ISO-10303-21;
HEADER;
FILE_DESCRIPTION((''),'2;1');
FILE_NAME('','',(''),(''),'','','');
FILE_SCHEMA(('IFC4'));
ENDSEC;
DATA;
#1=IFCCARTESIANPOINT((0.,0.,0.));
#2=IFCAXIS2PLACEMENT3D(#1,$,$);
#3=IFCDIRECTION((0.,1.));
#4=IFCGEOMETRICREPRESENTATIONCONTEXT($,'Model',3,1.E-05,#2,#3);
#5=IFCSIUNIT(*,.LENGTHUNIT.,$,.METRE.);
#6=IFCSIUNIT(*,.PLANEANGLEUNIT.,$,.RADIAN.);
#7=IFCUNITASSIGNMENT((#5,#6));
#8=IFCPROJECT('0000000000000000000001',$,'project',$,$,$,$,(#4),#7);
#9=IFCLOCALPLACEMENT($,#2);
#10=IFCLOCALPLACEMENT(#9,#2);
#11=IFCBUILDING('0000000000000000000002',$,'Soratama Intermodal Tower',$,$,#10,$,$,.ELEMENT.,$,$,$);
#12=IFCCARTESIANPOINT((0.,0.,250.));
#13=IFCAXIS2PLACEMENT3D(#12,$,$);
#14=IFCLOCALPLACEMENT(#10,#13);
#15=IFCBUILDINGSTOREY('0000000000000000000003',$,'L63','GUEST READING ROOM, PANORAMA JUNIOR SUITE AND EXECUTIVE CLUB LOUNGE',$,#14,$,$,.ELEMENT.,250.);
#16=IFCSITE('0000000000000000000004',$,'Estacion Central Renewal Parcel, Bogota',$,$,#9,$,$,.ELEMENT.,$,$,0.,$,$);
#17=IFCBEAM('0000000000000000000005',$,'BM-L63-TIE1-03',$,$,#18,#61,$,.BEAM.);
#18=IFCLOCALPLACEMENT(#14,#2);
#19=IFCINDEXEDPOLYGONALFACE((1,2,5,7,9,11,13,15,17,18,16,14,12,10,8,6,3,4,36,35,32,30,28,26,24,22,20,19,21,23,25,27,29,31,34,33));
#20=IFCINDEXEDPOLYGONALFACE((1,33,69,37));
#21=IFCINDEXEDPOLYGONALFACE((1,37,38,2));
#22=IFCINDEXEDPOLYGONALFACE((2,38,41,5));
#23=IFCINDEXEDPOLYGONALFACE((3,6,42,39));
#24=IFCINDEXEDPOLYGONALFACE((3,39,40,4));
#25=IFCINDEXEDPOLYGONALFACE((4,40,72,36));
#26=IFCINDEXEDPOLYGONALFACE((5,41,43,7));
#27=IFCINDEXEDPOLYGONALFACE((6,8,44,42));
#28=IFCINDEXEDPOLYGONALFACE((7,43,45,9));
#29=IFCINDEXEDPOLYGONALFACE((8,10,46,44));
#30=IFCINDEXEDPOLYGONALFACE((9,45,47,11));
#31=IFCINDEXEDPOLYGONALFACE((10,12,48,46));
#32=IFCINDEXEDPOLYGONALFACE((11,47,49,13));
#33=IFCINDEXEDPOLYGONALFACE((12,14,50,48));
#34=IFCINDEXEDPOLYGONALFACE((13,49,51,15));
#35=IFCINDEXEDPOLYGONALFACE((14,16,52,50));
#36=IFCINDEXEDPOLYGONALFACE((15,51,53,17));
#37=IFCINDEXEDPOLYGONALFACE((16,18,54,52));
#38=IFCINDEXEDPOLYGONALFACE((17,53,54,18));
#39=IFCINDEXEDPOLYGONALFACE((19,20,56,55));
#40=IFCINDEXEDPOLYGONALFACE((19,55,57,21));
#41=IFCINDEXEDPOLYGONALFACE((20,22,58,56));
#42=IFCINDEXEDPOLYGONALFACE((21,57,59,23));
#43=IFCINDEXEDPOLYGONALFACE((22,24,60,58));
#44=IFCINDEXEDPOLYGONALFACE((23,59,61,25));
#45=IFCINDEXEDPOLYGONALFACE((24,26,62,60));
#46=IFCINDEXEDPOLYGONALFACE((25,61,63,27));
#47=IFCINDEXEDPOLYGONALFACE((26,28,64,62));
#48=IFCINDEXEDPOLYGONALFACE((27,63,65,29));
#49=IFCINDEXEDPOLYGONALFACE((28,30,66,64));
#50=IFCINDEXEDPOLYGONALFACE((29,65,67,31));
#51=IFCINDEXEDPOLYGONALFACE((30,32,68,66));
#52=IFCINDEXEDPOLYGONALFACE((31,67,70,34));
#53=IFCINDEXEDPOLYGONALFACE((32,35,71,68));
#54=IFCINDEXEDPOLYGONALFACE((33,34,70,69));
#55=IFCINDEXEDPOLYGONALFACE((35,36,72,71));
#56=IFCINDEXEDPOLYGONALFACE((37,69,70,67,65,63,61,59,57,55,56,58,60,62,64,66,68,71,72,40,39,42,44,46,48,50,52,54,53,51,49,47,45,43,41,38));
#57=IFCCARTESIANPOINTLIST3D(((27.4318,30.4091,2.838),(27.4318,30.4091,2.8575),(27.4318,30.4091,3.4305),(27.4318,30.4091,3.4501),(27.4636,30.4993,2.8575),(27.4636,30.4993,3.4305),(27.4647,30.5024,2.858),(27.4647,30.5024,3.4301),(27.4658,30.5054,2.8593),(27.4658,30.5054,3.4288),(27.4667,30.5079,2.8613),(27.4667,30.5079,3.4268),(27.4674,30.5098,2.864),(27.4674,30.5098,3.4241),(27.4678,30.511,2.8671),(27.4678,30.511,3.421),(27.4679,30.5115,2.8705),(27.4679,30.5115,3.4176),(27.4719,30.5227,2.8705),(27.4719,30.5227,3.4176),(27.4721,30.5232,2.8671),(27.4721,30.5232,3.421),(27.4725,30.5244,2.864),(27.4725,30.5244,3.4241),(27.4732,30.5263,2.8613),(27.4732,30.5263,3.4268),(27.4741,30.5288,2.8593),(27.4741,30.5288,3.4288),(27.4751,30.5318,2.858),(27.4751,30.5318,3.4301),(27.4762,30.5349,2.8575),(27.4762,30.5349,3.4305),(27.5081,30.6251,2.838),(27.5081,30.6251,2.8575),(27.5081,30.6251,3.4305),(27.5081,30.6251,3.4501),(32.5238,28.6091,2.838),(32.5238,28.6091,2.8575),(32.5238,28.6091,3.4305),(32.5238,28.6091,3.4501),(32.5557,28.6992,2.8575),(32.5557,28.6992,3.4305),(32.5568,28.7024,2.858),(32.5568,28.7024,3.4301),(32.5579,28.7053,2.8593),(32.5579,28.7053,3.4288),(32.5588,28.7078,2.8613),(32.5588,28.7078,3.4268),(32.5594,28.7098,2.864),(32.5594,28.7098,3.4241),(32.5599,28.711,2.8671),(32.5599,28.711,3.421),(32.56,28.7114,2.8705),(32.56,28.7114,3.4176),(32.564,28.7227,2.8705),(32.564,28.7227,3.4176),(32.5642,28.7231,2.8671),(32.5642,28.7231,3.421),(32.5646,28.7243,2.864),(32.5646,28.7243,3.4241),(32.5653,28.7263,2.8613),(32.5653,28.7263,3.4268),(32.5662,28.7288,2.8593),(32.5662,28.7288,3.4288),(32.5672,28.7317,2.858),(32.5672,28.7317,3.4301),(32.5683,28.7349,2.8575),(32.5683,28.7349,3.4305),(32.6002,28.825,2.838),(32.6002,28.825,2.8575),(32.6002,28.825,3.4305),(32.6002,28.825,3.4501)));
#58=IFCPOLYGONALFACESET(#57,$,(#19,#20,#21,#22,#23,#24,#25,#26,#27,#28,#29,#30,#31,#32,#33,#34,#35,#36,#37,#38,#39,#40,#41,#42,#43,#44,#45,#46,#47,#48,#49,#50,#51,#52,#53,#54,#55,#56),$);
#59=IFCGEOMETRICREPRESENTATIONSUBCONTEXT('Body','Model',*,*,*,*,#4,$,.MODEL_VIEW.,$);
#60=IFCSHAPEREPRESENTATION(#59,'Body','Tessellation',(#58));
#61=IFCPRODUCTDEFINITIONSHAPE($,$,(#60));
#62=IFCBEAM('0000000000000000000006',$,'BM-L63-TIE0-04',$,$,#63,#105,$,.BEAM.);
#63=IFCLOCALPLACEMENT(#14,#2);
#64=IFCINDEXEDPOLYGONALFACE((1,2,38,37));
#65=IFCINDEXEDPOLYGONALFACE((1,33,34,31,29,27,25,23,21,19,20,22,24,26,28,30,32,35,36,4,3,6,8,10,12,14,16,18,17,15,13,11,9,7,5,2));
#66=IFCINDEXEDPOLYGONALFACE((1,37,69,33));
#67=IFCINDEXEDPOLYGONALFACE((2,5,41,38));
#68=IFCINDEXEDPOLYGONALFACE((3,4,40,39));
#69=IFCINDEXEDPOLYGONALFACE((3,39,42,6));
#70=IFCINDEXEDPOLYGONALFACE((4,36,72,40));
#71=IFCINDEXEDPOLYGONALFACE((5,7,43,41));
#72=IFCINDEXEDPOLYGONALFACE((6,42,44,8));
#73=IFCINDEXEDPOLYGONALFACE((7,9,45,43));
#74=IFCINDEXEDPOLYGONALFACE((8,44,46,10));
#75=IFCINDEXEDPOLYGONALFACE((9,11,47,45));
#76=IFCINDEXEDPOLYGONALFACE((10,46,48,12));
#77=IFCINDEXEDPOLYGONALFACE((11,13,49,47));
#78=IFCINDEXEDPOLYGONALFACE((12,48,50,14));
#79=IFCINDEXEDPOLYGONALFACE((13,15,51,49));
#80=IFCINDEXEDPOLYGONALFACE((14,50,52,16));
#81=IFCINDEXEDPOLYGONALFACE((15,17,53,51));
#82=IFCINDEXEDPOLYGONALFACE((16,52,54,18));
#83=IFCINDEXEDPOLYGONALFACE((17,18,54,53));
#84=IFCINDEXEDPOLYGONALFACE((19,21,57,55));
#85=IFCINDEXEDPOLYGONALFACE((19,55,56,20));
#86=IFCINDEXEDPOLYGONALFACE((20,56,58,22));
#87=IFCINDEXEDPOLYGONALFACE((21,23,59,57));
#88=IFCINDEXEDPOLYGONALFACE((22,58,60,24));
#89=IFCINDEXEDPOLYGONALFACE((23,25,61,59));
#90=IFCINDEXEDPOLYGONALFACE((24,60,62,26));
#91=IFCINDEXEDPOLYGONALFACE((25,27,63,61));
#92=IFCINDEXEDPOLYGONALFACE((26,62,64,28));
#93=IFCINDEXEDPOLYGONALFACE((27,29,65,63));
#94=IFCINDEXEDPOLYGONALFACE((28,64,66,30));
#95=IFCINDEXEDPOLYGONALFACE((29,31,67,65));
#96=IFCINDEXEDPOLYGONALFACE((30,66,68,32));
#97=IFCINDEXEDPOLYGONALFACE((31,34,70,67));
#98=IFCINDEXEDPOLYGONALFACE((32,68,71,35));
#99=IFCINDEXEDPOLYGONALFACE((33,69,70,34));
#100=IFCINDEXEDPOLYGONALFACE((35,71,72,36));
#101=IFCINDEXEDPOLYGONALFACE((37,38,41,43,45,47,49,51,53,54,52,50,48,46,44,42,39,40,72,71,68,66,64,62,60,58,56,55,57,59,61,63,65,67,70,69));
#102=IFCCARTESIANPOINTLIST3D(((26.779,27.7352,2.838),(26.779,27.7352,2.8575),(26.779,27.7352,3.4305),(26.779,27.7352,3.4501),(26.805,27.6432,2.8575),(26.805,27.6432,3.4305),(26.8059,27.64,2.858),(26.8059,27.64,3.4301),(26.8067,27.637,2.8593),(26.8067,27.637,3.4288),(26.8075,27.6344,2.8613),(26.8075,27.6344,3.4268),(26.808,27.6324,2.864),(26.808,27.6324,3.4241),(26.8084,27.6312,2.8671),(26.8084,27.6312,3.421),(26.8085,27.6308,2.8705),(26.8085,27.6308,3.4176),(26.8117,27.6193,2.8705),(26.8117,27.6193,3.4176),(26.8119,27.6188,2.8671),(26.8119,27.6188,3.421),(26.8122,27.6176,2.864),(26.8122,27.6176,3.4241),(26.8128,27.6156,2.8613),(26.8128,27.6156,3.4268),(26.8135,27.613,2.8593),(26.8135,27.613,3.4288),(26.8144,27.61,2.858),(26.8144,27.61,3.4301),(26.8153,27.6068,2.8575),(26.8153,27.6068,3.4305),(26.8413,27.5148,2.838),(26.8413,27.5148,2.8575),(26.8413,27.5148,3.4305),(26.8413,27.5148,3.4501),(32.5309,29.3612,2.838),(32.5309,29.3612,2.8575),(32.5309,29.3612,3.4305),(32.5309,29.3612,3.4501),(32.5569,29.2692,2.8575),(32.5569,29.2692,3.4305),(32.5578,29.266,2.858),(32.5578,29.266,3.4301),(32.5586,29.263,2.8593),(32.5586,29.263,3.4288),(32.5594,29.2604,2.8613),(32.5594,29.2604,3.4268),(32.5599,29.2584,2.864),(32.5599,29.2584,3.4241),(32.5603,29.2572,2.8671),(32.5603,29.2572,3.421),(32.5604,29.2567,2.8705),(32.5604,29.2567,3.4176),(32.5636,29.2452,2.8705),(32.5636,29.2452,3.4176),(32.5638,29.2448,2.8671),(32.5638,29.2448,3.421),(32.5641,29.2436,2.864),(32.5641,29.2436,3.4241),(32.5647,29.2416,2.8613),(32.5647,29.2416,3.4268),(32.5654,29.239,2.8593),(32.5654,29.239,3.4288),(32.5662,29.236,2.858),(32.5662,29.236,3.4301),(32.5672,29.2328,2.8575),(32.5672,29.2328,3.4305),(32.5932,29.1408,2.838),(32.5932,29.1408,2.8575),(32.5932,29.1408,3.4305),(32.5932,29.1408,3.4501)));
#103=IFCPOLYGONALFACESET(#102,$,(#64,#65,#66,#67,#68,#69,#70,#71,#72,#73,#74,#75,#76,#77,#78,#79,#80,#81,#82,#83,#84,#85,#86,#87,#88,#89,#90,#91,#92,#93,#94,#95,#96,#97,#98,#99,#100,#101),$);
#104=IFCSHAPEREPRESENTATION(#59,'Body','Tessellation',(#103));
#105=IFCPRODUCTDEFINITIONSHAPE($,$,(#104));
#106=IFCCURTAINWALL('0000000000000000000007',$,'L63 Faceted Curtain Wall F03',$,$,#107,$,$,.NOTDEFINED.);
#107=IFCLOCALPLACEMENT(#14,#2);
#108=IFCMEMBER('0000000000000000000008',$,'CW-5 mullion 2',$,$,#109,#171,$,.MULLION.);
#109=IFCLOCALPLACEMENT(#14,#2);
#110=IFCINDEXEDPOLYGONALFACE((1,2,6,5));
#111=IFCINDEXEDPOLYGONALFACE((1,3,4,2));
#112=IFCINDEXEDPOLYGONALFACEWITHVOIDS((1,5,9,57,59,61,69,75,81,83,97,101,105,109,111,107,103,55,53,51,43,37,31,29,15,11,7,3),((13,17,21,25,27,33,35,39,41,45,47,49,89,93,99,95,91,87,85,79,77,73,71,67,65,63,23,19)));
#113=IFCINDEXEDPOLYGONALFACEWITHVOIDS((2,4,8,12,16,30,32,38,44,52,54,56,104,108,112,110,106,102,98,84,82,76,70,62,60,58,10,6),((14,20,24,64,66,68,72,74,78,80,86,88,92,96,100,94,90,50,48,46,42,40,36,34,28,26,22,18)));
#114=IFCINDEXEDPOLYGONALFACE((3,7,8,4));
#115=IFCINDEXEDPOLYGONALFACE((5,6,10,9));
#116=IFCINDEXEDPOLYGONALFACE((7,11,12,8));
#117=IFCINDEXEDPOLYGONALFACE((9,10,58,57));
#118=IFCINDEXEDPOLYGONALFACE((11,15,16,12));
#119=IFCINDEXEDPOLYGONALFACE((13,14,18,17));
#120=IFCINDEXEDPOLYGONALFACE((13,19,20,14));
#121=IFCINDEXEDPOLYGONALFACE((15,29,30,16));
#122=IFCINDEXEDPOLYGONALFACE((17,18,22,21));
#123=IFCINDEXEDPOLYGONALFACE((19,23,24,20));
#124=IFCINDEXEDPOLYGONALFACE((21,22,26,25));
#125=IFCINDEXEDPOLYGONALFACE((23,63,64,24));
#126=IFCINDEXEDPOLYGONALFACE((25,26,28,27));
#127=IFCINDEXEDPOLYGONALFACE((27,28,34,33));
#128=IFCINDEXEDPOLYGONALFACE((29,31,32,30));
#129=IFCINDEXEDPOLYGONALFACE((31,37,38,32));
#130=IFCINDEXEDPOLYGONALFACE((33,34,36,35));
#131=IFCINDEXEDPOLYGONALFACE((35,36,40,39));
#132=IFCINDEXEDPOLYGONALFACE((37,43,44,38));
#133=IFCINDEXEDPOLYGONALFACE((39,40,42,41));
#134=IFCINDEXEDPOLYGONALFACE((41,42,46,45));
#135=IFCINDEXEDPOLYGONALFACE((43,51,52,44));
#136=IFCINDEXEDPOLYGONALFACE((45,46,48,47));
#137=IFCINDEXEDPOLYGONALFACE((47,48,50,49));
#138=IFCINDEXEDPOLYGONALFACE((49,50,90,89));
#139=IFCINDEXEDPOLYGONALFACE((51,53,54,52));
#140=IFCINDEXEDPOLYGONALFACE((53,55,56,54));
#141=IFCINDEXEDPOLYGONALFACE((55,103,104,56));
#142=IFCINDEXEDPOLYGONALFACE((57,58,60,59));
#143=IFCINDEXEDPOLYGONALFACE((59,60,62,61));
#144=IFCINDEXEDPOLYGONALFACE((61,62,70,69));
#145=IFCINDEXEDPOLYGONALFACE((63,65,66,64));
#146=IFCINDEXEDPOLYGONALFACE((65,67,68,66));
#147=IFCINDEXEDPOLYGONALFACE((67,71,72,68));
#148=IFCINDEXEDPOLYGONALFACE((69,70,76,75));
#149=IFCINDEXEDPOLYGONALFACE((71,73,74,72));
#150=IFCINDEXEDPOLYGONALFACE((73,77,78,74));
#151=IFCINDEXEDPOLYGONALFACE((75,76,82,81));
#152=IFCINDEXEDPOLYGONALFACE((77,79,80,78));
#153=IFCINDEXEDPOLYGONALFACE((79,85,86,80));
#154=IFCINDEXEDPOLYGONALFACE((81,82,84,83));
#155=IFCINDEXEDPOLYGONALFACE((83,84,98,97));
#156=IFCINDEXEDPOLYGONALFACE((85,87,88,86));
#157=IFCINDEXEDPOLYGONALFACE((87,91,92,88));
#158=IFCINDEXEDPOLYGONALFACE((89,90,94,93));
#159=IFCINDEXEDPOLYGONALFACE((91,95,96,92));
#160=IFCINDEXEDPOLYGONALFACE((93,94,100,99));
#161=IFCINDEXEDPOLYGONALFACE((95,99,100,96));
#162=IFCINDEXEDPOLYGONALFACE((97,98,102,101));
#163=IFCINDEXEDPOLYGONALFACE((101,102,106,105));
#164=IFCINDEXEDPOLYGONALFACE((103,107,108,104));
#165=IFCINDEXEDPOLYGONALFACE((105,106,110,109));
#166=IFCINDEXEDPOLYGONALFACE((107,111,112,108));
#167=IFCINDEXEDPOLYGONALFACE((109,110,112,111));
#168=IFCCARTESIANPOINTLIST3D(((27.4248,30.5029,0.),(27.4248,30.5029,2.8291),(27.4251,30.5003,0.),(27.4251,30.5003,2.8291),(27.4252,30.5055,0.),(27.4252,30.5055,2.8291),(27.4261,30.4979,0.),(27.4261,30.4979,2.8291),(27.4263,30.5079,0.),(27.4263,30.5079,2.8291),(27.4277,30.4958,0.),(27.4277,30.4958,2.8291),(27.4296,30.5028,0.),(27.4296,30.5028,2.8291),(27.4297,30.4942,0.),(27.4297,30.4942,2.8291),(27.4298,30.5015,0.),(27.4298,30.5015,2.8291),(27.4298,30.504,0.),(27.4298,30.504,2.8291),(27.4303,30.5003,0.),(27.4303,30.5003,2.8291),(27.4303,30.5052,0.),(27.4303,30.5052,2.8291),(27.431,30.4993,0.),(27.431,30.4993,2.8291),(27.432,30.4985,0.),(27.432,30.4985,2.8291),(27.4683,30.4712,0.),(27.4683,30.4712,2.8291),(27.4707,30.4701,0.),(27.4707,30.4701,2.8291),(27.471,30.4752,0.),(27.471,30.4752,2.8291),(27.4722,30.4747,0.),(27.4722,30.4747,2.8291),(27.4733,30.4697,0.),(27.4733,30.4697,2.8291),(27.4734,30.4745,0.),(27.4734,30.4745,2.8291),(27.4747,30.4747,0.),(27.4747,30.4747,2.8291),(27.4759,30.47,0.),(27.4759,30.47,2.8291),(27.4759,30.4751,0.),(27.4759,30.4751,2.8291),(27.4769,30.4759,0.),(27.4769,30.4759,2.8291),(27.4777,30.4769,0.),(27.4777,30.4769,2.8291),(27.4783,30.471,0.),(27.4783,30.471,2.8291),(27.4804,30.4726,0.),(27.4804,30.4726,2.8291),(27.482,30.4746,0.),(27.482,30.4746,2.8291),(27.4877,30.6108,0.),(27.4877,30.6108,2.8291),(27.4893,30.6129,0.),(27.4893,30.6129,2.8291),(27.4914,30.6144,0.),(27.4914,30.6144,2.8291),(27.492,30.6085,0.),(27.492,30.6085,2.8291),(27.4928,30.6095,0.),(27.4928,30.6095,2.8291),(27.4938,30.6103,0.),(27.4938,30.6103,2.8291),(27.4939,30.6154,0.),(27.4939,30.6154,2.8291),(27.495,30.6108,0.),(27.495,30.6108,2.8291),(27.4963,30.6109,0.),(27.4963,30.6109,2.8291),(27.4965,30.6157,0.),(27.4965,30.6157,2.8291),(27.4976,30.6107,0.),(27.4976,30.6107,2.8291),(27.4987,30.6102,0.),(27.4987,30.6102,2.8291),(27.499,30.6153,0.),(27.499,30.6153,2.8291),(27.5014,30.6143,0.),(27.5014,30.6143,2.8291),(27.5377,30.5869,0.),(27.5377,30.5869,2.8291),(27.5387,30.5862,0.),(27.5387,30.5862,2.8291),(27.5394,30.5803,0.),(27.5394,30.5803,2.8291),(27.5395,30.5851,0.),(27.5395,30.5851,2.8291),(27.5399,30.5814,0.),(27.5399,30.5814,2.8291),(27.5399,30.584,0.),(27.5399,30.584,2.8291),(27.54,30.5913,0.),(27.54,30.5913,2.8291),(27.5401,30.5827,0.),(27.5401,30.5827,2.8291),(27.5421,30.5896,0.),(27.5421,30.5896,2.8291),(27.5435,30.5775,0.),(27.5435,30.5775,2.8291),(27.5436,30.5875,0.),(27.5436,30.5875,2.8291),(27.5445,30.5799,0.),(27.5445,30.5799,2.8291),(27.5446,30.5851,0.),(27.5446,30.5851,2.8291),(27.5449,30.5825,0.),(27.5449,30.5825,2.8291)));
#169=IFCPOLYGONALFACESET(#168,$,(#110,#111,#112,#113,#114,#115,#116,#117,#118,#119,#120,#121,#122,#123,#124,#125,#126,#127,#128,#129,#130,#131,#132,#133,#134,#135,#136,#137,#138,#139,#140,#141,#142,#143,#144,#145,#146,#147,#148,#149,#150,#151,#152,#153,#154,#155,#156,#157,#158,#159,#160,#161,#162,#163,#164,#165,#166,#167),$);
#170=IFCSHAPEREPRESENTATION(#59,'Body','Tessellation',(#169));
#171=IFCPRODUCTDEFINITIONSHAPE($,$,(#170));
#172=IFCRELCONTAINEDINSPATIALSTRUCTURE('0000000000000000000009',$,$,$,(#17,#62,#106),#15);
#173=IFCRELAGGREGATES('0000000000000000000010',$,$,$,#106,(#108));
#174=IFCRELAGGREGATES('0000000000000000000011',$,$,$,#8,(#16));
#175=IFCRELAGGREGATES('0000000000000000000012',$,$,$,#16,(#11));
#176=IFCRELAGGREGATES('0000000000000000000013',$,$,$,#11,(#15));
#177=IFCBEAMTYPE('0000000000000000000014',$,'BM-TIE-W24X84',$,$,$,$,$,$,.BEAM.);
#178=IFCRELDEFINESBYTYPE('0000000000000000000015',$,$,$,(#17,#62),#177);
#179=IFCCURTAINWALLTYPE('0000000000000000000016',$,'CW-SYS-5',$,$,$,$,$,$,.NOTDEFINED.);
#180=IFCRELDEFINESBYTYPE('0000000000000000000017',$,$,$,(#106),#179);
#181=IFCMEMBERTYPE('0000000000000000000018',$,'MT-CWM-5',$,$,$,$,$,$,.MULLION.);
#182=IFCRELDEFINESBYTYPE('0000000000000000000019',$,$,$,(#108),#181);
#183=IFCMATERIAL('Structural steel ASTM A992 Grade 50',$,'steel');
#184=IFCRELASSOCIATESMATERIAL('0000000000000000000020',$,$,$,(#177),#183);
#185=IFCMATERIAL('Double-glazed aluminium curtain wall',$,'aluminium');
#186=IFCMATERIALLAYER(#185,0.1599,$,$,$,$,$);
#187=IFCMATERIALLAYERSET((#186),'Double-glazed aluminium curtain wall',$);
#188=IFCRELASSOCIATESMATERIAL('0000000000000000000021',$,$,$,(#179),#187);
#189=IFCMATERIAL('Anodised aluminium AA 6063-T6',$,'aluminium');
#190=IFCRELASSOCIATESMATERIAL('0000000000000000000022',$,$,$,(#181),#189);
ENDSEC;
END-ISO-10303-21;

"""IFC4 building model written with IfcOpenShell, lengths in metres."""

from ifc_helpers import new_model, si_unit, direction, frame, origin, origin_2d, place, context, subcontext, project, spatial, hollow_rectangle, i_section, extrude, material, layer, layer_set, material_profile, profile_set, type_object, element, aggregate, save


model = new_model("IFC4")

# Units and contexts
model_context = context("Model", 3, precision=1e-05, world=origin(), true_north=direction((0.0, 1.0)))
body_context = subcontext(model_context, "Body", "Model", "MODEL_VIEW")
ifc_project = project(units=[si_unit("LENGTHUNIT", "METRE"), si_unit("PLANEANGLEUNIT", "RADIAN")], contexts=[model_context])

# Site, building, storey
site_placement = place(None, origin())
site = spatial("IfcSite", under=ifc_project, at=site_placement, Name="Estacion Central Renewal Parcel, Bogota", CompositionType="ELEMENT", RefElevation=0.0)
building_placement = place(site_placement, origin())
building = spatial("IfcBuilding", under=site, at=building_placement, Name="Soratama Intermodal Tower", CompositionType="ELEMENT")
storey_placement = place(building_placement, frame((0.0, 0.0, 250.0)))
storey = spatial("IfcBuildingStorey", under=building, at=storey_placement, Name="L63", Description="GUEST READING ROOM, PANORAMA JUNIOR SUITE AND EXECUTIVE CLUB LOUNGE", CompositionType="ELEMENT", Elevation=250.0)

# Beams
ifc_material_1 = material(Name="Structural steel ASTM A992 Grade 50", Category="steel")
ifc_material_profile_1 = material_profile(ifc_material_1, i_section(OverallWidth=0.229, OverallDepth=0.6121, WebThickness=0.012, FlangeThickness=0.0195, FilletRadius=0.0129, at=origin_2d()), Name="W24X84")
ifc_profile_set_1 = profile_set([ifc_material_profile_1], Name="Structural steel ASTM A992 Grade 50")
beam_type_1 = type_object("IfcBeamType", Name="BM-TIE-W24X84", PredefinedType="BEAM", material=ifc_profile_set_1)
beam_1_placement = place(storey_placement, frame((32.562, 28.717, 3.144), z_axis=(-0.942824, 0.333291, 0.0), x_axis=(-0.333291, -0.942824, 0.0)))
element("IfcBeam", 1, at=beam_1_placement, inside=storey, type_object=beam_type_1, Name="BM-L63-TIE1-03", PredefinedType="BEAM", context=body_context, shape_type="SweptSolid", body=[
    extrude(i_section(OverallWidth=0.229, OverallDepth=0.6121, WebThickness=0.012, FlangeThickness=0.0195, FilletRadius=0.0129, at=origin_2d()), origin(), (0.0, 0.0, 1.0), 5.4009),
])
beam_2_placement = place(storey_placement, frame((32.562, 29.251, 3.144), z_axis=(-0.962291, -0.272023, 0.0), x_axis=(0.272023, -0.962291, 0.0)))
element("IfcBeam", 2, at=beam_2_placement, inside=storey, type_object=beam_type_1, Name="BM-L63-TIE0-04", PredefinedType="BEAM", context=body_context, shape_type="SweptSolid", body=[
    extrude(i_section(OverallWidth=0.229, OverallDepth=0.6121, WebThickness=0.012, FlangeThickness=0.0195, FilletRadius=0.0129, at=origin_2d()), origin(), (0.0, 0.0, 1.0), 5.9773),
])

# Curtain wall, member
ifc_material_2 = material(Name="Double-glazed aluminium curtain wall", Category="aluminium")
ifc_layer_1 = layer(ifc_material_2, 0.1599)
ifc_layer_set_1 = layer_set([ifc_layer_1], Name="Double-glazed aluminium curtain wall")
curtain_wall_type = type_object("IfcCurtainWallType", Name="CW-SYS-5", PredefinedType="NOTDEFINED", material=ifc_layer_set_1)
curtain_wall_placement = place(storey_placement, origin())
curtain_wall = element("IfcCurtainWall", 3, at=curtain_wall_placement, inside=storey, type_object=curtain_wall_type, Name="L63 Faceted Curtain Wall F03", PredefinedType="NOTDEFINED")
ifc_material_3 = material(Name="Anodised aluminium AA 6063-T6", Category="aluminium")
ifc_material_profile_2 = material_profile(ifc_material_3, hollow_rectangle(XDim=0.0649, YDim=0.1399, WallThickness=0.0049, InnerFilletRadius=0.0049, OuterFilletRadius=0.01, at=origin_2d()), Name="CWM140X65X5")
ifc_profile_set_2 = profile_set([ifc_material_profile_2], Name="Anodised aluminium AA 6063-T6")
member_type = type_object("IfcMemberType", Name="MT-CWM-5", PredefinedType="MULLION", material=ifc_profile_set_2)
member_placement = place(storey_placement, frame((27.4849, 30.5427, 0.0), z_axis=(0.0, 0.0, 1.0), x_axis=(0.858602, -0.512643, 0.0)))
member = element("IfcMember", 4, at=member_placement, type_object=member_type, Name="CW-5 mullion 2", PredefinedType="MULLION", context=body_context, shape_type="SweptSolid", body=[
    extrude(hollow_rectangle(XDim=0.0649, YDim=0.1399, WallThickness=0.0049, InnerFilletRadius=0.0049, OuterFilletRadius=0.01, at=origin_2d()), origin(), (0.0, 0.0, 1.0), 2.8291),
])
aggregate(curtain_wall, [member])

save(model, "model.ifc")
